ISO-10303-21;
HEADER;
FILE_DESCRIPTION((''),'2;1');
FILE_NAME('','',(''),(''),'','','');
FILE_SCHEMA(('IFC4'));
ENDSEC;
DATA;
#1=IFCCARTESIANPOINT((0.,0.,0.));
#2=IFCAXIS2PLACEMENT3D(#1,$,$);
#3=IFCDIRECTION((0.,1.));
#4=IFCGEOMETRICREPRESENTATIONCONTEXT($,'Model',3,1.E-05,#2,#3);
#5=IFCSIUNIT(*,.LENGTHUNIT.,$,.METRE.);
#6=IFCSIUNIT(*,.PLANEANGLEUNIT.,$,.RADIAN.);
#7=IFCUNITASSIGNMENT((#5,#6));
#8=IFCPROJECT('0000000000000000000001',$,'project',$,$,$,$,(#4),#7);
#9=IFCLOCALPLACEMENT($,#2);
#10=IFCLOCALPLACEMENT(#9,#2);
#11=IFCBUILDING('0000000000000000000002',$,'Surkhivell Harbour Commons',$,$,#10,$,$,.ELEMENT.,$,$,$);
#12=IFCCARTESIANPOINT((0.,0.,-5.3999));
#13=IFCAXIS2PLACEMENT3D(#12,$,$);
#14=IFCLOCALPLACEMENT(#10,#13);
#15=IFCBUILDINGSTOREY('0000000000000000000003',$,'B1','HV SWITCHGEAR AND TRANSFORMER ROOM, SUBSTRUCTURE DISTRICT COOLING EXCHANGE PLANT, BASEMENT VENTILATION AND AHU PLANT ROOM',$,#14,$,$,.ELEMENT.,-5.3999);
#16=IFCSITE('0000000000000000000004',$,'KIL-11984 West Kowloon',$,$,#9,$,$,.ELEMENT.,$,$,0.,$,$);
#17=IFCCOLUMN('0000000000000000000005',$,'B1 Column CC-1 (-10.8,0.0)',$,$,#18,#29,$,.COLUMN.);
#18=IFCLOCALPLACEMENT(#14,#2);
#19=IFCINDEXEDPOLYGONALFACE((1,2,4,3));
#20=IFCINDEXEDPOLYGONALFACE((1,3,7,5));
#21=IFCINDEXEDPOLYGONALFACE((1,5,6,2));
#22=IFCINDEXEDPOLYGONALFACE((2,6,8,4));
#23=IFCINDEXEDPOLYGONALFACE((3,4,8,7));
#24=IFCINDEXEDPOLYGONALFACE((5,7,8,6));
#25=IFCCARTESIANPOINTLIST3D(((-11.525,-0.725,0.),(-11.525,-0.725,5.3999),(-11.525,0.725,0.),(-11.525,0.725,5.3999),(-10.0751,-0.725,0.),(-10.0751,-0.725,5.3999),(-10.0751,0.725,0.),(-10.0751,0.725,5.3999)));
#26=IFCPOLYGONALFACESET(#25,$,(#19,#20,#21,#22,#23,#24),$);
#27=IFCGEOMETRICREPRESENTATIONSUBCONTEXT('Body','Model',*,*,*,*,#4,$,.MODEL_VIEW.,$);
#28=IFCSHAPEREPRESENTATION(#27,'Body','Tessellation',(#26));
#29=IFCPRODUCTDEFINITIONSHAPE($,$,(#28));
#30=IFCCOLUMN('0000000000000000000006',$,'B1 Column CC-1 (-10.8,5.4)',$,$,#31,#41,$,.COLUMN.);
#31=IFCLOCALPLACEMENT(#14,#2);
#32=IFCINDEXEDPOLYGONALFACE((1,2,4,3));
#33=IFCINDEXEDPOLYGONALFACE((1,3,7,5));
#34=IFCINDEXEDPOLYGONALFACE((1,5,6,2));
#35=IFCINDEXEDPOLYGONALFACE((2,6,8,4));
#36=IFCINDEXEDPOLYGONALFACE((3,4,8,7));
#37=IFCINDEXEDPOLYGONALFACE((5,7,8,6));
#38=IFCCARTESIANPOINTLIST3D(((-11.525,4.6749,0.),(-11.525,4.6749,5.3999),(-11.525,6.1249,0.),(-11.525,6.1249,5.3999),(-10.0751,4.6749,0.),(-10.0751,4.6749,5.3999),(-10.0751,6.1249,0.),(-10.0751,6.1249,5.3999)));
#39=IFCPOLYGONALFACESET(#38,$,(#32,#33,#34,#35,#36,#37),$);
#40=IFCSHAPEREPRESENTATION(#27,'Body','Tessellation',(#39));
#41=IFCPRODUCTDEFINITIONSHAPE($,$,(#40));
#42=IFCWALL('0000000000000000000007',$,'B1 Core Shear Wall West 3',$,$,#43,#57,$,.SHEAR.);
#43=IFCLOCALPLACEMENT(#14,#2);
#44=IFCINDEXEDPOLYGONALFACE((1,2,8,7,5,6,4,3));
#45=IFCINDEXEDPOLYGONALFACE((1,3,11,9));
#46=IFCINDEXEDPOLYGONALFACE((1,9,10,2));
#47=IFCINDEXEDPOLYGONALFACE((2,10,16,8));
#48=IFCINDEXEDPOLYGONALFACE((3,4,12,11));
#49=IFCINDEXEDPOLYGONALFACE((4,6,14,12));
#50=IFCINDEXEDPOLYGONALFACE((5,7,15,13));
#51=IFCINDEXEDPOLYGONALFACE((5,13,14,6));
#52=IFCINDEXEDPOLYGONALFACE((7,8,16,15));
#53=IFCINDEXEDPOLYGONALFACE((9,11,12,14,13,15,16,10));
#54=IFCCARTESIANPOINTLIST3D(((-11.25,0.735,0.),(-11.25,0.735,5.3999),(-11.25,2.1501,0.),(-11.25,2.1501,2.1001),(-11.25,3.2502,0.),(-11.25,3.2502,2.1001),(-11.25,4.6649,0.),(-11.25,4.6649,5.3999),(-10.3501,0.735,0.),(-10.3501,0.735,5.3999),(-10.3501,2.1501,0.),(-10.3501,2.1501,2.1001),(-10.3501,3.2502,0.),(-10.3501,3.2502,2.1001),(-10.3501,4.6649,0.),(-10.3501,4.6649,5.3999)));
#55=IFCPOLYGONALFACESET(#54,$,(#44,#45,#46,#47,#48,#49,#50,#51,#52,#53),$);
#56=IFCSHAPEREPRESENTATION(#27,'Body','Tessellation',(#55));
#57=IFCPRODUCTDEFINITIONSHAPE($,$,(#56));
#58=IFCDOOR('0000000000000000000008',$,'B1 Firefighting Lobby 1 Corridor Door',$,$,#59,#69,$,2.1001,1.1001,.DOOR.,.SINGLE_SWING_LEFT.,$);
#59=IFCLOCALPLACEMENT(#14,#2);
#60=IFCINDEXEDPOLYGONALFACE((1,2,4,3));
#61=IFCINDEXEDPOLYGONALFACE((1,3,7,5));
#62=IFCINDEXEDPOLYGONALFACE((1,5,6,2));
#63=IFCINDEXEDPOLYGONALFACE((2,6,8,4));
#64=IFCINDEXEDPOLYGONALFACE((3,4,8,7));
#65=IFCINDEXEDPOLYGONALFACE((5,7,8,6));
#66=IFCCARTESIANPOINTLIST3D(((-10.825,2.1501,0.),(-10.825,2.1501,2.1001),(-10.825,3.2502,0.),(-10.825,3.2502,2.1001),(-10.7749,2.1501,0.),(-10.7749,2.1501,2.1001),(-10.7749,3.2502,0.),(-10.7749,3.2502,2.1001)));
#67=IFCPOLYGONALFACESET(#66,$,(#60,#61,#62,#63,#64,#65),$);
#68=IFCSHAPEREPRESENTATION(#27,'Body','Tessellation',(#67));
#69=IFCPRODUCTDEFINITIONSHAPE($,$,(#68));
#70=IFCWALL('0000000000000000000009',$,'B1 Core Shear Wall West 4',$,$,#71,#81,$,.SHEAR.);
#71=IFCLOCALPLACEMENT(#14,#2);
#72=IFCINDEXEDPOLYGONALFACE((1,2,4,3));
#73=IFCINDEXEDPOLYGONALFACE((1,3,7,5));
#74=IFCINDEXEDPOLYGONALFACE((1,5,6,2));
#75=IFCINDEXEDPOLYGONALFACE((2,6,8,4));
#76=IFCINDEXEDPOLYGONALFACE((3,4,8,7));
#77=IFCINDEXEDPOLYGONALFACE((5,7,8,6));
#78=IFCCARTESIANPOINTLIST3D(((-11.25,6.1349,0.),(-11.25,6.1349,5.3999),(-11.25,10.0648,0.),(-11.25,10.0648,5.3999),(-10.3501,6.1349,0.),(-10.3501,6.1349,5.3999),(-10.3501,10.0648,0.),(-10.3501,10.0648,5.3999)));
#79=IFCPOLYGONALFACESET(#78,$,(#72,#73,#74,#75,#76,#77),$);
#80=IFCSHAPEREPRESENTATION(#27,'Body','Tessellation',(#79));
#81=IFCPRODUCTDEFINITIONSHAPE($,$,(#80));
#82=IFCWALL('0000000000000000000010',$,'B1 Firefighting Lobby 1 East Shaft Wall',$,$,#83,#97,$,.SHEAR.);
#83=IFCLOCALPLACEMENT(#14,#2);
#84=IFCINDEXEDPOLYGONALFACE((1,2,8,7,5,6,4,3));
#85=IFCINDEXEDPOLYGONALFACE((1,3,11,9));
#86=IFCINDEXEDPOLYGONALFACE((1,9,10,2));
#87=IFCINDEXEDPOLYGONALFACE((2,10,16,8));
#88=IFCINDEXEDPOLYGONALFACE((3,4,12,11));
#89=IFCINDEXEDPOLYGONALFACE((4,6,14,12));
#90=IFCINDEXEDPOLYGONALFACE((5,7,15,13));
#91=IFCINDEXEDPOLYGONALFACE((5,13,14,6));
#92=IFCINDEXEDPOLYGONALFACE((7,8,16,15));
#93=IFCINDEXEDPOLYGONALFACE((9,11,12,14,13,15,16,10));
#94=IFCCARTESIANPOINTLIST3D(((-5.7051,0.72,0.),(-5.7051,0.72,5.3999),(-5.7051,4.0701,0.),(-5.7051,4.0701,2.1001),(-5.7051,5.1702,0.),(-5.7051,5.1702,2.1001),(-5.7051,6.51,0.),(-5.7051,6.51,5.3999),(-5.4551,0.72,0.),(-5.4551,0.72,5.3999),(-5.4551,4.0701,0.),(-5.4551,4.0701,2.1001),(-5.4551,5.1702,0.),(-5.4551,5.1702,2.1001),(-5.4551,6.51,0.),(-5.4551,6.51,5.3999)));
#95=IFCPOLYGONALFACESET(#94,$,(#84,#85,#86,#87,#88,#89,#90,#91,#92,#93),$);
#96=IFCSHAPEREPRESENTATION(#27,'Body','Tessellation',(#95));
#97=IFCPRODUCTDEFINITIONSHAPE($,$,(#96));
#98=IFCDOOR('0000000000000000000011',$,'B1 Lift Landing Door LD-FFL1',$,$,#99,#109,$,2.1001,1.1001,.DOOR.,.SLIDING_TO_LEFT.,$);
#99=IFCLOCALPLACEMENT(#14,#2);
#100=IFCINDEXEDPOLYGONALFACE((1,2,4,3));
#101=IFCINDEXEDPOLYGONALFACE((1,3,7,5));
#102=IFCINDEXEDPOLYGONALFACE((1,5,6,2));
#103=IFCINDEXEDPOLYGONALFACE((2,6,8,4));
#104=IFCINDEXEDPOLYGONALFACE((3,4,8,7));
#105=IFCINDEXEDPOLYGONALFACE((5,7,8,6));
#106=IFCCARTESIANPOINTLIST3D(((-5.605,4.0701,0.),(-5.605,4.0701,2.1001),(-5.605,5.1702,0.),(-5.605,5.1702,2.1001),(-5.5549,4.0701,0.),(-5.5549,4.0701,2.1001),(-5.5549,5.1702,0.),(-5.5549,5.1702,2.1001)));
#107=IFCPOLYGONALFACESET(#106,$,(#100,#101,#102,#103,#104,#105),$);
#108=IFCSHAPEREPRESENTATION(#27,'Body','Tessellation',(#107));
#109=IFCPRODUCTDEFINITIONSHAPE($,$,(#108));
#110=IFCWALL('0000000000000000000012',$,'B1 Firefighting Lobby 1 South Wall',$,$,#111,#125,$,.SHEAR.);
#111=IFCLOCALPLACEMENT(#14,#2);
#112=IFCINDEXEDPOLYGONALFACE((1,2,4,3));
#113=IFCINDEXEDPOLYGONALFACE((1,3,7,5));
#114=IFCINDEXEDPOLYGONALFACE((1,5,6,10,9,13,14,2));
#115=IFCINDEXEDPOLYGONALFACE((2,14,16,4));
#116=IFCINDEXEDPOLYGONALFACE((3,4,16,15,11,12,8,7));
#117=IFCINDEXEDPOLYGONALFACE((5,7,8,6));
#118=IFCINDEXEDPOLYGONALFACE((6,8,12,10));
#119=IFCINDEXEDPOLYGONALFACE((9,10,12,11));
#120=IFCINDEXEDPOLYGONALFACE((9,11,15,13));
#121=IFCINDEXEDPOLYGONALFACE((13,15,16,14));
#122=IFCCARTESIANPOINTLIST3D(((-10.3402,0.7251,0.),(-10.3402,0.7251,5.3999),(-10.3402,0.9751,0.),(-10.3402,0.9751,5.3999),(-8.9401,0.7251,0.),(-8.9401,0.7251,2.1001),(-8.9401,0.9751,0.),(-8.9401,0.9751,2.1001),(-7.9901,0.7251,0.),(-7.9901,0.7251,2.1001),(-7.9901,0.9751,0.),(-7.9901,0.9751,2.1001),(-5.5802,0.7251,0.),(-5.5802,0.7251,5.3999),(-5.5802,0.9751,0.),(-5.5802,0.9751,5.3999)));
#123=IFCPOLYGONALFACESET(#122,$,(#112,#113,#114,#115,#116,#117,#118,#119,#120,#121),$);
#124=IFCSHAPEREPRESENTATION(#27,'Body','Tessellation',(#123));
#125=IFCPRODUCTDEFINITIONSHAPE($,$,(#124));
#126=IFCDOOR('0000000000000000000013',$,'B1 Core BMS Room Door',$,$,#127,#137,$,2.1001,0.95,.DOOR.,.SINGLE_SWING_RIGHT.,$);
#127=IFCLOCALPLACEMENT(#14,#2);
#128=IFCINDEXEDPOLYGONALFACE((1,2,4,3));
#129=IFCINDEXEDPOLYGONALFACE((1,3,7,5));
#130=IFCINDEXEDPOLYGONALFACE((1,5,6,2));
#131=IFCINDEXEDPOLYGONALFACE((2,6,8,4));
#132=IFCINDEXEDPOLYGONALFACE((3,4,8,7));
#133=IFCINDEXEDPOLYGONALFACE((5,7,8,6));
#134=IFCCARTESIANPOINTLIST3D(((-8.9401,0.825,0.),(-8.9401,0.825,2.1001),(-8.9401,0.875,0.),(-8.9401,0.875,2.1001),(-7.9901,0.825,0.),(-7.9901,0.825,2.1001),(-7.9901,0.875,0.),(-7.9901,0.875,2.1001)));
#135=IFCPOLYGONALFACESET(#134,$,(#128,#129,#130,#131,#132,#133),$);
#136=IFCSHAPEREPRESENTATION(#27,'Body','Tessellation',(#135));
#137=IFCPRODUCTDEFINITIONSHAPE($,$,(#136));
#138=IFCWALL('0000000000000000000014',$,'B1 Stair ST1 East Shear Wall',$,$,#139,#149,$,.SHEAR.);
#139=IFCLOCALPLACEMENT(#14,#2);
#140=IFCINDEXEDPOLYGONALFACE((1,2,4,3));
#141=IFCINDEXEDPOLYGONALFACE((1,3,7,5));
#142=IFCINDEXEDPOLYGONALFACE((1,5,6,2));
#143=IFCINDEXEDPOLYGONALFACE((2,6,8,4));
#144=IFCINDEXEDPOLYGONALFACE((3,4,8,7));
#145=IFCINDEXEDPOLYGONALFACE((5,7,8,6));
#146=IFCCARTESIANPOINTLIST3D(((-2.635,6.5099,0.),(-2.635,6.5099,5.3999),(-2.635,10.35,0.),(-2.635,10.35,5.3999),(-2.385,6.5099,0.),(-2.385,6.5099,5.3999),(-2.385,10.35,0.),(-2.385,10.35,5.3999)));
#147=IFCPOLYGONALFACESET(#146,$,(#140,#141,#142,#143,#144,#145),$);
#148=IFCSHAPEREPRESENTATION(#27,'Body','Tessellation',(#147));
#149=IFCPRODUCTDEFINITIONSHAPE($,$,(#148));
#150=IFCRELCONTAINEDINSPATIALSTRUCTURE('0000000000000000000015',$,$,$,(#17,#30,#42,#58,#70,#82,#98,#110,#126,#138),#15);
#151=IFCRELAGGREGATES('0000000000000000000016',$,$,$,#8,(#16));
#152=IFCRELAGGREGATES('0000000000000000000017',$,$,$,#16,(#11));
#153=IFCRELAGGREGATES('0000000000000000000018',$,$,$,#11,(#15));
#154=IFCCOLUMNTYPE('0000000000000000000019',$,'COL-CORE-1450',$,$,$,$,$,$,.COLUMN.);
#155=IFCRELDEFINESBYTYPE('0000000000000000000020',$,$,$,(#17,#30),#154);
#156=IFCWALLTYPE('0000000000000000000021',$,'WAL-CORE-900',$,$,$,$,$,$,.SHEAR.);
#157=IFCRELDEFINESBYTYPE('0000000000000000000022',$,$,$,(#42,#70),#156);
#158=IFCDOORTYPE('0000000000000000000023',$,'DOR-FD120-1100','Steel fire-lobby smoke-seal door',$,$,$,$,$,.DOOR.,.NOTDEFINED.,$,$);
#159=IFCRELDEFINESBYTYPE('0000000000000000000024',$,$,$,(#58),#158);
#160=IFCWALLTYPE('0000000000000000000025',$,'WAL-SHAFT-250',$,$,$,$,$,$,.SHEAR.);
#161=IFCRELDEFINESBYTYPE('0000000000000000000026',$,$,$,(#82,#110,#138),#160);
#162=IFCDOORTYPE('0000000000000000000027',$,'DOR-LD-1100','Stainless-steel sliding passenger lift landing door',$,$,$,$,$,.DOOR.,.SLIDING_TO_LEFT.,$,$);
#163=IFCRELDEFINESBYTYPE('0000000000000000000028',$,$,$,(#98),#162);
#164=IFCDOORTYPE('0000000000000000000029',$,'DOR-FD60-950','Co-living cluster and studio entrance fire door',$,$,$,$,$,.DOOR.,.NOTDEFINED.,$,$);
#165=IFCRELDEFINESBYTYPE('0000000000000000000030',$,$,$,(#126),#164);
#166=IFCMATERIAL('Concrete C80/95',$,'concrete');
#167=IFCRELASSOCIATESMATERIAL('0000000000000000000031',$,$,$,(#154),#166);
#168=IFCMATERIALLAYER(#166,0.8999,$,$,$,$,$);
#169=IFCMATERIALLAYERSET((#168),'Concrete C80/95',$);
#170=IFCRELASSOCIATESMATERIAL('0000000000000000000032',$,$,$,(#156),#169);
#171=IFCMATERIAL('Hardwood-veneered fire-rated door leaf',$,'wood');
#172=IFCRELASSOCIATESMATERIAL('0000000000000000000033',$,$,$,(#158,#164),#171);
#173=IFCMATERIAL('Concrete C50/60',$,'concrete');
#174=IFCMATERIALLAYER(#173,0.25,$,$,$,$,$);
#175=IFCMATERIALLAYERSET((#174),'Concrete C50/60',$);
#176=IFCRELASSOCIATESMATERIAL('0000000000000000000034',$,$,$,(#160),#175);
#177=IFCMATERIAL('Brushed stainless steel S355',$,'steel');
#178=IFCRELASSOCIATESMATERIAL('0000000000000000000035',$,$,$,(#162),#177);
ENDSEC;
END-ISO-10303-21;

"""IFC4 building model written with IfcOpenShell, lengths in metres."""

from ifc_helpers import new_model, si_unit, direction, frame, frame_2d, origin, origin_2d, place, context, subcontext, project, spatial, rectangle, extrude, material, layer, layer_set, material_profile, profile_set, type_object, element, fill, save


model = new_model("IFC4")

# Units and contexts
model_context = context("Model", 3, precision=1e-05, world=origin(), true_north=direction((0.0, 1.0)))
body_context = subcontext(model_context, "Body", "Model", "MODEL_VIEW")
ifc_project = project(units=[si_unit("LENGTHUNIT", "METRE"), si_unit("PLANEANGLEUNIT", "RADIAN")], contexts=[model_context])

# Site, building, storey
site_placement = place(None, origin())
site = spatial("IfcSite", under=ifc_project, at=site_placement, Name="KIL-11984 West Kowloon", CompositionType="ELEMENT", RefElevation=0.0)
building_placement = place(site_placement, origin())
building = spatial("IfcBuilding", under=site, at=building_placement, Name="Surkhivell Harbour Commons", CompositionType="ELEMENT")
storey_placement = place(building_placement, frame((0.0, 0.0, -5.3999)))
storey = spatial("IfcBuildingStorey", under=building, at=storey_placement, Name="B1", Description="HV SWITCHGEAR AND TRANSFORMER ROOM, SUBSTRUCTURE DISTRICT COOLING EXCHANGE PLANT, BASEMENT VENTILATION AND AHU PLANT ROOM", CompositionType="ELEMENT", Elevation=-5.3999)

# Columns
ifc_material_1 = material(Name="Concrete C80/95", Category="concrete")
ifc_material_profile_1 = material_profile(ifc_material_1, rectangle(XDim=1.45, YDim=1.45, at=origin_2d()), Name="RC-COL-1450x1450")
ifc_profile_set_1 = profile_set([ifc_material_profile_1], Name="Concrete C80/95")
column_type = type_object("IfcColumnType", Name="COL-CORE-1450", PredefinedType="COLUMN", material=ifc_profile_set_1)
for number, where, z_axis, x_axis, name in (
    (1, (-10.8, 0.0, 0.0), (0.0, 0.0, 1.0), (1.0, 0.0, 0.0), "B1 Column CC-1 (-10.8,0.0)"),
    (2, (-10.8, 5.3999, 0.0), (0.0, 0.0, 1.0), (1.0, 0.0, 0.0), "B1 Column CC-1 (-10.8,5.4)"),
):
    element("IfcColumn", number, at=place(storey_placement, frame(where, z_axis=z_axis, x_axis=x_axis)), inside=storey, type_object=column_type, Name=name, PredefinedType="COLUMN", context=body_context, shape_type="SweptSolid", body=[
        extrude(rectangle(XDim=1.45, YDim=1.45, at=origin_2d()), origin(), (0.0, 0.0, 1.0), 5.3999),
    ])

# Wall, opening, door
ifc_layer_1 = layer(ifc_material_1, 0.8999)
ifc_layer_set_1 = layer_set([ifc_layer_1], Name="Concrete C80/95")
wall_type_1 = type_object("IfcWallType", Name="WAL-CORE-900", PredefinedType="SHEAR", material=ifc_layer_set_1)
wall_1_placement = place(storey_placement, frame((-10.8, 0.7351, 0.0), z_axis=(0.0, 0.0, 1.0), x_axis=(0.0, 1.0, 0.0)))
wall_1 = element("IfcWall", 3, at=wall_1_placement, inside=storey, type_object=wall_type_1, Name="B1 Core Shear Wall West 3", PredefinedType="SHEAR", context=body_context, shape_type="SweptSolid", body=[
    extrude(rectangle(XDim=3.9299, YDim=0.8999, at=frame_2d((1.9648, 0.0))), origin(), (0.0, 0.0, 1.0), 5.3999),
])
opening_1_placement = place(wall_1_placement, frame((1.415, 0.0, 0.0)))
opening_1 = element("IfcOpeningElement", 4, at=opening_1_placement, cuts=wall_1, PredefinedType="OPENING", context=body_context, shape_type="SweptSolid", body=[
    extrude(rectangle(XDim=1.1001, YDim=2.1001, at=frame_2d((0.55, 1.05))), frame((0.0, 0.46, 0.0), z_axis=(0.0, -1.0, 0.0), x_axis=(1.0, 0.0, 0.0)), (0.0, 0.0, 1.0), 0.9199),
])
ifc_material_2 = material(Name="Hardwood-veneered fire-rated door leaf", Category="wood")
door_type_1 = type_object("IfcDoorType", Name="DOR-FD120-1100", Description="Steel fire-lobby smoke-seal door", OperationType="NOTDEFINED", PredefinedType="DOOR", material=ifc_material_2)
door_1_placement = place(opening_1_placement, origin())
door_1 = element("IfcDoor", 5, at=door_1_placement, inside=storey, type_object=door_type_1, Name="B1 Firefighting Lobby 1 Corridor Door", OperationType="SINGLE_SWING_LEFT", OverallHeight=2.1001, OverallWidth=1.1001, PredefinedType="DOOR", context=body_context, shape_type="SweptSolid", body=[
    extrude(rectangle(XDim=1.1001, YDim=2.1001, at=frame_2d((0.55, 1.05))), frame((0.0, 0.0249, 0.0), z_axis=(0.0, -1.0, 0.0), x_axis=(1.0, 0.0, 0.0)), (0.0, 0.0, 1.0), 0.05),
])
fill(opening_1, door_1)

# Wall
wall_2_placement = place(storey_placement, frame((-10.8, 6.135, 0.0), z_axis=(0.0, 0.0, 1.0), x_axis=(0.0, 1.0, 0.0)))
element("IfcWall", 6, at=wall_2_placement, inside=storey, type_object=wall_type_1, Name="B1 Core Shear Wall West 4", PredefinedType="SHEAR", context=body_context, shape_type="SweptSolid", body=[
    extrude(rectangle(XDim=3.9299, YDim=0.8999, at=frame_2d((1.9648, 0.0))), origin(), (0.0, 0.0, 1.0), 5.3999),
])

# Walls, openings, doors
ifc_material_3 = material(Name="Concrete C50/60", Category="concrete")
ifc_layer_2 = layer(ifc_material_3, 0.25)
ifc_layer_set_2 = layer_set([ifc_layer_2], Name="Concrete C50/60")
wall_type_2 = type_object("IfcWallType", Name="WAL-SHAFT-250", PredefinedType="SHEAR", material=ifc_layer_set_2)
wall_3_placement = place(storey_placement, frame((-5.5801, 0.72, 0.0), z_axis=(0.0, 0.0, 1.0), x_axis=(0.0, 1.0, 0.0)))
wall_3 = element("IfcWall", 7, at=wall_3_placement, inside=storey, type_object=wall_type_2, Name="B1 Firefighting Lobby 1 East Shaft Wall", PredefinedType="SHEAR", context=body_context, shape_type="SweptSolid", body=[
    extrude(rectangle(XDim=5.79, YDim=0.25, at=frame_2d((2.895, 0.0))), origin(), (0.0, 0.0, 1.0), 5.3999),
])
opening_2_placement = place(wall_3_placement, frame((3.3501, 0.0, 0.0)))
opening_2 = element("IfcOpeningElement", 8, at=opening_2_placement, cuts=wall_3, PredefinedType="OPENING", context=body_context, shape_type="SweptSolid", body=[
    extrude(rectangle(XDim=1.1001, YDim=2.1001, at=frame_2d((0.55, 1.05))), frame((0.0, 0.135, 0.0), z_axis=(0.0, -1.0, 0.0), x_axis=(1.0, 0.0, 0.0)), (0.0, 0.0, 1.0), 0.27),
])
ifc_material_4 = material(Name="Brushed stainless steel S355", Category="steel")
door_type_2 = type_object("IfcDoorType", Name="DOR-LD-1100", Description="Stainless-steel sliding passenger lift landing door", OperationType="SLIDING_TO_LEFT", PredefinedType="DOOR", material=ifc_material_4)
door_2_placement = place(opening_2_placement, origin())
door_2 = element("IfcDoor", 9, at=door_2_placement, inside=storey, type_object=door_type_2, Name="B1 Lift Landing Door LD-FFL1", OperationType="SLIDING_TO_LEFT", OverallHeight=2.1001, OverallWidth=1.1001, PredefinedType="DOOR", context=body_context, shape_type="SweptSolid", body=[
    extrude(rectangle(XDim=1.1001, YDim=2.1001, at=frame_2d((0.55, 1.05))), frame((0.0, 0.0249, 0.0), z_axis=(0.0, -1.0, 0.0), x_axis=(1.0, 0.0, 0.0)), (0.0, 0.0, 1.0), 0.05),
])
fill(opening_2, door_2)
wall_4_placement = place(storey_placement, frame((-10.3401, 0.8501, 0.0), z_axis=(0.0, 0.0, 1.0), x_axis=(1.0, 0.0, 0.0)))
wall_4 = element("IfcWall", 10, at=wall_4_placement, inside=storey, type_object=wall_type_2, Name="B1 Firefighting Lobby 1 South Wall", PredefinedType="SHEAR", context=body_context, shape_type="SweptSolid", body=[
    extrude(rectangle(XDim=4.76, YDim=0.25, at=frame_2d((2.3799, 0.0))), origin(), (0.0, 0.0, 1.0), 5.3999),
])
opening_3_placement = place(wall_4_placement, frame((1.3999, 0.0, 0.0)))
opening_3 = element("IfcOpeningElement", 11, at=opening_3_placement, cuts=wall_4, PredefinedType="OPENING", context=body_context, shape_type="SweptSolid", body=[
    extrude(rectangle(XDim=0.95, YDim=2.1001, at=frame_2d((0.4751, 1.05))), frame((0.0, 0.135, 0.0), z_axis=(0.0, -1.0, 0.0), x_axis=(1.0, 0.0, 0.0)), (0.0, 0.0, 1.0), 0.27),
])
door_type_3 = type_object("IfcDoorType", Name="DOR-FD60-950", Description="Co-living cluster and studio entrance fire door", OperationType="NOTDEFINED", PredefinedType="DOOR", material=ifc_material_2)
door_3_placement = place(opening_3_placement, origin())
door_3 = element("IfcDoor", 12, at=door_3_placement, inside=storey, type_object=door_type_3, Name="B1 Core BMS Room Door", OperationType="SINGLE_SWING_RIGHT", OverallHeight=2.1001, OverallWidth=0.95, PredefinedType="DOOR", context=body_context, shape_type="SweptSolid", body=[
    extrude(rectangle(XDim=0.95, YDim=2.1001, at=frame_2d((0.4751, 1.05))), frame((0.0, 0.0249, 0.0), z_axis=(0.0, -1.0, 0.0), x_axis=(1.0, 0.0, 0.0)), (0.0, 0.0, 1.0), 0.05),
])
fill(opening_3, door_3)

# Wall
wall_5_placement = place(storey_placement, frame((-2.51, 6.51, 0.0), z_axis=(0.0, 0.0, 1.0), x_axis=(0.0, 1.0, 0.0)))
element("IfcWall", 13, at=wall_5_placement, inside=storey, type_object=wall_type_2, Name="B1 Stair ST1 East Shear Wall", PredefinedType="SHEAR", context=body_context, shape_type="SweptSolid", body=[
    extrude(rectangle(XDim=3.8401, YDim=0.25, at=frame_2d((1.9199, 0.0))), origin(), (0.0, 0.0, 1.0), 5.3999),
])

save(model, "model.ifc")
